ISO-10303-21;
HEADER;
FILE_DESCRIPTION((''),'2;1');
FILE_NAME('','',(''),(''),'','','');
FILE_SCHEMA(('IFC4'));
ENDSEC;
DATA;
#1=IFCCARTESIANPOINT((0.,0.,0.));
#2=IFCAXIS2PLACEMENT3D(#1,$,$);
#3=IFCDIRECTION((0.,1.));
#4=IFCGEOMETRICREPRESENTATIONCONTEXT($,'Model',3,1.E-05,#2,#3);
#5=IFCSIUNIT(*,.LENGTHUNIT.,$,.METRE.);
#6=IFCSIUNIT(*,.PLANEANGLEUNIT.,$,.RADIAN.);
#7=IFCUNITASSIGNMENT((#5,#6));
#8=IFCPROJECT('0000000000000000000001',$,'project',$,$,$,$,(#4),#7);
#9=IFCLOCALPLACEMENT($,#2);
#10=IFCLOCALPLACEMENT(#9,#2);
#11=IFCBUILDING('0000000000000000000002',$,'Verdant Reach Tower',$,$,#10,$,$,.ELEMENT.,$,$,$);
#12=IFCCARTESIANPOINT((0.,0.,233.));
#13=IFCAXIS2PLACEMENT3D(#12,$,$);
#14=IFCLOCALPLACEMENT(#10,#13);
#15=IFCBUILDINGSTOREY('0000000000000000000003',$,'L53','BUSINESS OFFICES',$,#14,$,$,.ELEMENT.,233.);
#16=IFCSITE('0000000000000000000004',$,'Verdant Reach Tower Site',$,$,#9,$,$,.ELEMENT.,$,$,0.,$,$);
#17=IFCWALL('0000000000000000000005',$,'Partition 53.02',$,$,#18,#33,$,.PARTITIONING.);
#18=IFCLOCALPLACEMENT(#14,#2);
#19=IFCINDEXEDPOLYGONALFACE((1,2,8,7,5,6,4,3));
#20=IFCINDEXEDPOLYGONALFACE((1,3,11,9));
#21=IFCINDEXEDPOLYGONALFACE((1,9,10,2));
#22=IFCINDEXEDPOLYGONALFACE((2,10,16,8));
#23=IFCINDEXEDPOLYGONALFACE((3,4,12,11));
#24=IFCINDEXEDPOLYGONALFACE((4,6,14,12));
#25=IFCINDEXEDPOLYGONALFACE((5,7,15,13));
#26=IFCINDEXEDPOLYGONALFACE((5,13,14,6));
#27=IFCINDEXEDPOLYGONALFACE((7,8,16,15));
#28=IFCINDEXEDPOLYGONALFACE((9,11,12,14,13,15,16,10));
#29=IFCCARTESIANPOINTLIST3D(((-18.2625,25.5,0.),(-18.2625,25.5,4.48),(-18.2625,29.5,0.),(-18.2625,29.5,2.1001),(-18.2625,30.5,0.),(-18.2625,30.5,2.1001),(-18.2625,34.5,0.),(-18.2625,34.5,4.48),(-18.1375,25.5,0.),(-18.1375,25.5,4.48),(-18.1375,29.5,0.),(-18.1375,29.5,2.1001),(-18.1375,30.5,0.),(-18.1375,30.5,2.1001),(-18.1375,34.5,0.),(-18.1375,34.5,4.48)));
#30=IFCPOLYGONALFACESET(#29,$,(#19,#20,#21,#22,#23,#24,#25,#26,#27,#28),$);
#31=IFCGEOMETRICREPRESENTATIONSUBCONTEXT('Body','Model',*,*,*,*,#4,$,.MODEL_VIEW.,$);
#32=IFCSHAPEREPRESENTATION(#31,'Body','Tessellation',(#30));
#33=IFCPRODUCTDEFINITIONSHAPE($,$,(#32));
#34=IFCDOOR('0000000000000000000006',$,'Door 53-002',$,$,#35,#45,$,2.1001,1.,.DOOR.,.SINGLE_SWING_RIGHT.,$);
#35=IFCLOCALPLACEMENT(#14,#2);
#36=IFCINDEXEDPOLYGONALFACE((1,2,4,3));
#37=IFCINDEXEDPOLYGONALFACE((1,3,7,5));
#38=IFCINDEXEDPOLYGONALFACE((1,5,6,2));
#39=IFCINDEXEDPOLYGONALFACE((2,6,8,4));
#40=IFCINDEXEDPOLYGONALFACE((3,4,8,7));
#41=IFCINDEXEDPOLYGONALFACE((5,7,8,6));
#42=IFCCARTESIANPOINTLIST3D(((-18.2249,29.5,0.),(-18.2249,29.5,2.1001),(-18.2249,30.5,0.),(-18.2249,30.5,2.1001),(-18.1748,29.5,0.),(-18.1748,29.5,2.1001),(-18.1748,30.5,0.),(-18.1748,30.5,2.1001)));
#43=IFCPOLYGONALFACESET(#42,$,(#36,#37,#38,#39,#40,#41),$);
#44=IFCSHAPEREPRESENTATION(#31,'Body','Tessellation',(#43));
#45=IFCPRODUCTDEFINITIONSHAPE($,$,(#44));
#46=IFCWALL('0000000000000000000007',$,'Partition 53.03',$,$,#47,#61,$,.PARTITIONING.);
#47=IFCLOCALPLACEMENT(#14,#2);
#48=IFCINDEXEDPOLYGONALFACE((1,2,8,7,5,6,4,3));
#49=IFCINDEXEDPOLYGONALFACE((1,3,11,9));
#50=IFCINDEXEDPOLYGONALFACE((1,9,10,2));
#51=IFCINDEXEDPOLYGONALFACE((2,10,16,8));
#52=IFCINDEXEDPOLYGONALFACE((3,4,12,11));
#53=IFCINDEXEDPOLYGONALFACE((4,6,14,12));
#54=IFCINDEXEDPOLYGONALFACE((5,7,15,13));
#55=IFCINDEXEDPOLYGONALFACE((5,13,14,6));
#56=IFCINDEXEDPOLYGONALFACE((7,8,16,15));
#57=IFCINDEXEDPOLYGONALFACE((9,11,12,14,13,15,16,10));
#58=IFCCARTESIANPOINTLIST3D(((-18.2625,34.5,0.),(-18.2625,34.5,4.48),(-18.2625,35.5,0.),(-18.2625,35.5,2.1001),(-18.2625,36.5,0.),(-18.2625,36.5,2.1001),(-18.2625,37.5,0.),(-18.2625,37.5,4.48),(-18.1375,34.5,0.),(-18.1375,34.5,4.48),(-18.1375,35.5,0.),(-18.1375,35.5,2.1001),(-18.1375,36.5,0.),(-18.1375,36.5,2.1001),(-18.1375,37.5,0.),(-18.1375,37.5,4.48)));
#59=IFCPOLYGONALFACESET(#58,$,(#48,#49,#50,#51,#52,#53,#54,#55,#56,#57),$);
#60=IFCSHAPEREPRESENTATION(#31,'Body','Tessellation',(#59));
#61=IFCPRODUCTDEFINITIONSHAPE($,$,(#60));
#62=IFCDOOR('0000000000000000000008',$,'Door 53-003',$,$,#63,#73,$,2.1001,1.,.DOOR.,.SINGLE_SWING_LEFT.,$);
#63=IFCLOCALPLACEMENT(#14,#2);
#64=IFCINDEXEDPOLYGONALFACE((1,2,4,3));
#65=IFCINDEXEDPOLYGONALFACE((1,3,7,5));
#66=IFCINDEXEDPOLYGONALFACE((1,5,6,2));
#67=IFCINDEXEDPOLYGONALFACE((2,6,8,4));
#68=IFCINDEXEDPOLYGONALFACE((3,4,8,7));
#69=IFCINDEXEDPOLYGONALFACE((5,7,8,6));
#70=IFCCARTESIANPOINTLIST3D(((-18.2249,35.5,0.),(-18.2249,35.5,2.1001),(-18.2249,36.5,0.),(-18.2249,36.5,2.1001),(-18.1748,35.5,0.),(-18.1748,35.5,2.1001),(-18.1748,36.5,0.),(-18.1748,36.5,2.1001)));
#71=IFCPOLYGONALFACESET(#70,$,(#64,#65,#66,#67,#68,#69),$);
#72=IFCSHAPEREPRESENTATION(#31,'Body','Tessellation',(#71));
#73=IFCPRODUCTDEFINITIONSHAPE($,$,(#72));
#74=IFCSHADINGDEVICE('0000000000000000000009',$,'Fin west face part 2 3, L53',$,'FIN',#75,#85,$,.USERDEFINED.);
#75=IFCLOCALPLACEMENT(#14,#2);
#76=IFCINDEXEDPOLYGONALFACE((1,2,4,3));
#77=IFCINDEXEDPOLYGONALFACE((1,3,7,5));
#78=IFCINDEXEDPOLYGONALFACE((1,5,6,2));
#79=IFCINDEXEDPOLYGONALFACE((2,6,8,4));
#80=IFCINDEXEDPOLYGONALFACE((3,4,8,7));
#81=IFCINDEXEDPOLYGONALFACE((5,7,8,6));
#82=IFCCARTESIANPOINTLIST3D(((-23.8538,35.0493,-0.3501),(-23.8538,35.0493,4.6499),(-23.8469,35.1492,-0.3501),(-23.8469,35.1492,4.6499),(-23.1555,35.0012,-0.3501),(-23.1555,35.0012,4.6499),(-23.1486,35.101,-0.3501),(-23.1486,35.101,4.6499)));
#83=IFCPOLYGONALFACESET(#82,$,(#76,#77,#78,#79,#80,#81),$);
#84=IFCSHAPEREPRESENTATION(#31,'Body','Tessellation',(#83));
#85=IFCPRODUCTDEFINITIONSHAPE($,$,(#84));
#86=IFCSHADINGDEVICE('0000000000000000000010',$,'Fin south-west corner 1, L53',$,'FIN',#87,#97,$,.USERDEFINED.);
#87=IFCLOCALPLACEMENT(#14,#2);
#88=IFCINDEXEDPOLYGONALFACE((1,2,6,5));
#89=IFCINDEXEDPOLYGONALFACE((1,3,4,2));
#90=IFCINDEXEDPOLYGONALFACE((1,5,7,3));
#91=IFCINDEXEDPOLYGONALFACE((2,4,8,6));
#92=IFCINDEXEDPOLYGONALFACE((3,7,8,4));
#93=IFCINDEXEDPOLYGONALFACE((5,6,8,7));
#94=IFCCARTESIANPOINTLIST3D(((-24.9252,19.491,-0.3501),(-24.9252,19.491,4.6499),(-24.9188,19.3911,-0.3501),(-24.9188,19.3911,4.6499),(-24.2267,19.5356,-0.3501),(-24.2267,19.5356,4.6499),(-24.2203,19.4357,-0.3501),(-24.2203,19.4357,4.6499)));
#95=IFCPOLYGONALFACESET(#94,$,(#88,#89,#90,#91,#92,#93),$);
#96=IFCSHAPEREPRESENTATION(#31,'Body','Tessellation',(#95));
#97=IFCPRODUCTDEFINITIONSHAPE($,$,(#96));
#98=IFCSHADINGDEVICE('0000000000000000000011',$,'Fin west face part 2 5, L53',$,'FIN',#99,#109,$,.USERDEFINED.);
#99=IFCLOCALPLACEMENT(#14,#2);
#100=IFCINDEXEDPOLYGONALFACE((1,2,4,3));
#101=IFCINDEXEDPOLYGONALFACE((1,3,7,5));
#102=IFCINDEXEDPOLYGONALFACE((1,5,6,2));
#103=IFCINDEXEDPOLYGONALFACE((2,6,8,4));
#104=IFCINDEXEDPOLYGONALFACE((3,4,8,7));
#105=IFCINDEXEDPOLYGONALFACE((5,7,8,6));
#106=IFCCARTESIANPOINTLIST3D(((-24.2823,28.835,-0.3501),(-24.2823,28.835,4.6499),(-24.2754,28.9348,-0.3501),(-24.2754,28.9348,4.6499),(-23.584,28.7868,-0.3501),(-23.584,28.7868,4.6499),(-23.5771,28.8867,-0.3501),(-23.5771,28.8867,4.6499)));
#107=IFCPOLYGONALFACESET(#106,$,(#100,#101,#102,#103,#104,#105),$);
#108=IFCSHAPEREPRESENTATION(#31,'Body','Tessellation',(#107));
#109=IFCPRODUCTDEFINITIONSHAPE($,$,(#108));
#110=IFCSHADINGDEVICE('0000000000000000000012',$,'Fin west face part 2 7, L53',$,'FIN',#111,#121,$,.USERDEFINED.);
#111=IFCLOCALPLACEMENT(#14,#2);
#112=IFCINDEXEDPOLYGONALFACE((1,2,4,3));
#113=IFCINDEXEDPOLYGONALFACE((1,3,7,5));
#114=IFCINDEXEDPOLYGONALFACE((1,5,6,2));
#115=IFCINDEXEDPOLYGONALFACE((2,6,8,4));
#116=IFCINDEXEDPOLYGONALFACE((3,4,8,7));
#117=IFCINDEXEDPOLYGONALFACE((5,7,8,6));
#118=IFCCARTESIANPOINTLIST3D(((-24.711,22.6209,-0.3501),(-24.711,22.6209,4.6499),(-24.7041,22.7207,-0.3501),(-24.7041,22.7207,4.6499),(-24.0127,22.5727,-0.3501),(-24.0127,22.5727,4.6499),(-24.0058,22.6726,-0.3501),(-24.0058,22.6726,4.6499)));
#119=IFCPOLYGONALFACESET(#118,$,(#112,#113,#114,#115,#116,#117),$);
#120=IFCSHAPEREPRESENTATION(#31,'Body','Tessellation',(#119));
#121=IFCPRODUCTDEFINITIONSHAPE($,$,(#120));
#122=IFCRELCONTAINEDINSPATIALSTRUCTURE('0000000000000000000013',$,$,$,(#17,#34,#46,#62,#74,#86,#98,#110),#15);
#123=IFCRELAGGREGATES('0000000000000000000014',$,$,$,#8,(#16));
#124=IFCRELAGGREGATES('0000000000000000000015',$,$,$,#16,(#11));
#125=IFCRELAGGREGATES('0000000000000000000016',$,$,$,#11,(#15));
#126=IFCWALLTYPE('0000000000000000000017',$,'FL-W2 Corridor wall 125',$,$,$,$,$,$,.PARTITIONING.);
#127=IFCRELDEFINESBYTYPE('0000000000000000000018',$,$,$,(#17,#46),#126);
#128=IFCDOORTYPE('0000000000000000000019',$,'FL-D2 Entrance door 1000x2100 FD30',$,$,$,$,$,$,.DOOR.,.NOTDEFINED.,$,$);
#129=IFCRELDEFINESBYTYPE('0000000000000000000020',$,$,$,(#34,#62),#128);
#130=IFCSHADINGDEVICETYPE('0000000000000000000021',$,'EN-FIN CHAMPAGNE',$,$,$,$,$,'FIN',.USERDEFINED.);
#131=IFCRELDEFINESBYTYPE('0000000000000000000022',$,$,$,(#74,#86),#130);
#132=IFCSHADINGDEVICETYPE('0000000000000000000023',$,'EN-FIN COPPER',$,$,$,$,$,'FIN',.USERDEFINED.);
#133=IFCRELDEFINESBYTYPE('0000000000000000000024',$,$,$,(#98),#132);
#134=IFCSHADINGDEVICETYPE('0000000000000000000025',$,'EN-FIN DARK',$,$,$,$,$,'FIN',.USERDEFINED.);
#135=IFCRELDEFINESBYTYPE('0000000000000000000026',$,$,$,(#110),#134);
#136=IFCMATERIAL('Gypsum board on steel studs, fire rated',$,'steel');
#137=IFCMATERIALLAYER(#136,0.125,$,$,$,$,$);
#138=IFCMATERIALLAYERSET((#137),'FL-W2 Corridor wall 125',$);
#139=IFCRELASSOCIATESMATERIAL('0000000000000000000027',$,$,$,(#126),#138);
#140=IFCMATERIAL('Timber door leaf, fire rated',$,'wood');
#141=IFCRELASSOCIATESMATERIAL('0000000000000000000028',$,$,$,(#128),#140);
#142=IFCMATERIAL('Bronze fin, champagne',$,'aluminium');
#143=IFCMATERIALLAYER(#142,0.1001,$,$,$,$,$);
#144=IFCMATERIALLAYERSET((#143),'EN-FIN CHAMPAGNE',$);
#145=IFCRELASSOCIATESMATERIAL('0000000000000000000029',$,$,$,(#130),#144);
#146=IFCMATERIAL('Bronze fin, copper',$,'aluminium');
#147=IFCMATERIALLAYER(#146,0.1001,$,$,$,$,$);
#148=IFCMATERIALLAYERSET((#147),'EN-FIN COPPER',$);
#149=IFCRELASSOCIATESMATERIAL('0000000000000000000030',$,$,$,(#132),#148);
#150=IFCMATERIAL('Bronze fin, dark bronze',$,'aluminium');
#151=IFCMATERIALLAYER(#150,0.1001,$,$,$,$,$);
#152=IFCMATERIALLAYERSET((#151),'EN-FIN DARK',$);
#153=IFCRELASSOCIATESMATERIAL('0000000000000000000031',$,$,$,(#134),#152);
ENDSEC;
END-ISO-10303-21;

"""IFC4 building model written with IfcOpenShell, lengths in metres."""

from ifc_helpers import new_model, si_unit, direction, frame, frame_2d, origin, origin_2d, place, context, subcontext, project, spatial, rectangle, extrude, material, layer, layer_set, type_object, element, fill, save


model = new_model("IFC4")

# Units and contexts
model_context = context("Model", 3, precision=1e-05, world=origin(), true_north=direction((0.0, 1.0)))
body_context = subcontext(model_context, "Body", "Model", "MODEL_VIEW")
ifc_project = project(units=[si_unit("LENGTHUNIT", "METRE"), si_unit("PLANEANGLEUNIT", "RADIAN")], contexts=[model_context])

# Site, building, storey
site_placement = place(None, origin())
site = spatial("IfcSite", under=ifc_project, at=site_placement, Name="Verdant Reach Tower Site", CompositionType="ELEMENT", RefElevation=0.0)
building_placement = place(site_placement, origin())
building = spatial("IfcBuilding", under=site, at=building_placement, Name="Verdant Reach Tower", CompositionType="ELEMENT")
storey_placement = place(building_placement, frame((0.0, 0.0, 233.0)))
storey = spatial("IfcBuildingStorey", under=building, at=storey_placement, Name="L53", Description="BUSINESS OFFICES", CompositionType="ELEMENT", Elevation=233.0)

# Walls, openings, doors
ifc_material_1 = material(Name="Gypsum board on steel studs, fire rated", Category="steel")
ifc_layer_1 = layer(ifc_material_1, 0.125)
ifc_layer_set_1 = layer_set([ifc_layer_1], Name="FL-W2 Corridor wall 125")
wall_type_1 = type_object("IfcWallType", Name="FL-W2 Corridor wall 125", PredefinedType="PARTITIONING", material=ifc_layer_set_1)
wall_1_placement = place(storey_placement, frame((-18.2, 25.5, 0.0), z_axis=(0.0, 0.0, 1.0), x_axis=(0.0, 1.0, 0.0)))
wall_1 = element("IfcWall", 1, at=wall_1_placement, inside=storey, type_object=wall_type_1, Name="Partition 53.02", PredefinedType="PARTITIONING", context=body_context, shape_type="SweptSolid", body=[
    extrude(rectangle(XDim=9.0, YDim=0.125, at=frame_2d((4.5, 0.0))), origin(), (0.0, 0.0, 1.0), 4.48),
])
opening_1_placement = place(wall_1_placement, frame((4.0, 0.0, 0.0)))
opening_1 = element("IfcOpeningElement", 2, at=opening_1_placement, cuts=wall_1, PredefinedType="OPENING", context=body_context, shape_type="SweptSolid", body=[
    extrude(rectangle(XDim=1.0, YDim=2.1001, at=frame_2d((0.5, 1.05))), frame((0.0, 0.0725, 0.0), z_axis=(0.0, -1.0, 0.0), x_axis=(1.0, 0.0, 0.0)), (0.0, 0.0, 1.0), 0.145),
])
ifc_material_2 = material(Name="Timber door leaf, fire rated", Category="wood")
door_type = type_object("IfcDoorType", Name="FL-D2 Entrance door 1000x2100 FD30", OperationType="NOTDEFINED", PredefinedType="DOOR", material=ifc_material_2)
door_1_placement = place(opening_1_placement, origin())
door_1 = element("IfcDoor", 3, at=door_1_placement, inside=storey, type_object=door_type, Name="Door 53-002", OperationType="SINGLE_SWING_RIGHT", OverallHeight=2.1001, OverallWidth=1.0, PredefinedType="DOOR", context=body_context, shape_type="SweptSolid", body=[
    extrude(rectangle(XDim=1.0, YDim=2.1001, at=frame_2d((0.5, 1.05))), frame((0.0, 0.0249, 0.0), z_axis=(0.0, -1.0, 0.0), x_axis=(1.0, 0.0, 0.0)), (0.0, 0.0, 1.0), 0.05),
])
fill(opening_1, door_1)
wall_2_placement = place(storey_placement, frame((-18.2, 34.5, 0.0), z_axis=(0.0, 0.0, 1.0), x_axis=(0.0, 1.0, 0.0)))
wall_2 = element("IfcWall", 4, at=wall_2_placement, inside=storey, type_object=wall_type_1, Name="Partition 53.03", PredefinedType="PARTITIONING", context=body_context, shape_type="SweptSolid", body=[
    extrude(rectangle(XDim=3.0, YDim=0.125, at=frame_2d((1.5, 0.0))), origin(), (0.0, 0.0, 1.0), 4.48),
])
opening_2_placement = place(wall_2_placement, frame((1.0, 0.0, 0.0)))
opening_2 = element("IfcOpeningElement", 5, at=opening_2_placement, cuts=wall_2, PredefinedType="OPENING", context=body_context, shape_type="SweptSolid", body=[
    extrude(rectangle(XDim=1.0, YDim=2.1001, at=frame_2d((0.5, 1.05))), frame((0.0, 0.0725, 0.0), z_axis=(0.0, -1.0, 0.0), x_axis=(1.0, 0.0, 0.0)), (0.0, 0.0, 1.0), 0.145),
])
door_2_placement = place(opening_2_placement, origin())
door_2 = element("IfcDoor", 6, at=door_2_placement, inside=storey, type_object=door_type, Name="Door 53-003", OperationType="SINGLE_SWING_LEFT", OverallHeight=2.1001, OverallWidth=1.0, PredefinedType="DOOR", context=body_context, shape_type="SweptSolid", body=[
    extrude(rectangle(XDim=1.0, YDim=2.1001, at=frame_2d((0.5, 1.05))), frame((0.0, 0.0249, 0.0), z_axis=(0.0, -1.0, 0.0), x_axis=(1.0, 0.0, 0.0)), (0.0, 0.0, 1.0), 0.05),
])
fill(opening_2, door_2)

# Shading devices
ifc_material_3 = material(Name="Bronze fin, champagne", Category="aluminium")
ifc_layer_2 = layer(ifc_material_3, 0.1001)
ifc_layer_set_2 = layer_set([ifc_layer_2], Name="EN-FIN CHAMPAGNE")
shading_device_type_1 = type_object("IfcShadingDeviceType", Name="EN-FIN CHAMPAGNE", ElementType="FIN", PredefinedType="USERDEFINED", material=ifc_layer_set_2)
for number, where, z_axis, x_axis, name in (
    (7, (-23.5012, 35.0752, -0.3501), (0.0, 0.0, 1.0), (-0.068802, -0.99763, 0.0), "Fin west face part 2 3, L53"),
    (8, (-24.5728, 19.4634, -0.3501), (0.0, 0.0, 1.0), (0.063699, -0.997969, 0.0), "Fin south-west corner 1, L53"),
):
    element("IfcShadingDevice", number, at=place(storey_placement, frame(where, z_axis=z_axis, x_axis=x_axis)), inside=storey, type_object=shading_device_type_1, Name=name, ObjectType="FIN", PredefinedType="USERDEFINED", context=body_context, shape_type="SweptSolid", body=[
        extrude(rectangle(XDim=0.1001, YDim=0.7, at=origin_2d()), origin(), (0.0, 0.0, 1.0), 5.0),
    ])
ifc_material_4 = material(Name="Bronze fin, copper", Category="aluminium")
ifc_layer_3 = layer(ifc_material_4, 0.1001)
ifc_layer_set_3 = layer_set([ifc_layer_3], Name="EN-FIN COPPER")
shading_device_type_2 = type_object("IfcShadingDeviceType", Name="EN-FIN COPPER", ElementType="FIN", PredefinedType="USERDEFINED", material=ifc_layer_set_3)
shading_device_1_placement = place(storey_placement, frame((-23.9297, 28.8608, -0.3501), z_axis=(0.0, 0.0, 1.0), x_axis=(-0.068802, -0.99763, 0.0)))
element("IfcShadingDevice", 9, at=shading_device_1_placement, inside=storey, type_object=shading_device_type_2, Name="Fin west face part 2 5, L53", ObjectType="FIN", PredefinedType="USERDEFINED", context=body_context, shape_type="SweptSolid", body=[
    extrude(rectangle(XDim=0.1001, YDim=0.7, at=origin_2d()), origin(), (0.0, 0.0, 1.0), 5.0),
])
ifc_material_5 = material(Name="Bronze fin, dark bronze", Category="aluminium")
ifc_layer_4 = layer(ifc_material_5, 0.1001)
ifc_layer_set_4 = layer_set([ifc_layer_4], Name="EN-FIN DARK")
shading_device_type_3 = type_object("IfcShadingDeviceType", Name="EN-FIN DARK", ElementType="FIN", PredefinedType="USERDEFINED", material=ifc_layer_set_4)
shading_device_2_placement = place(storey_placement, frame((-24.3584, 22.6467, -0.3501), z_axis=(0.0, 0.0, 1.0), x_axis=(-0.068802, -0.99763, 0.0)))
element("IfcShadingDevice", 10, at=shading_device_2_placement, inside=storey, type_object=shading_device_type_3, Name="Fin west face part 2 7, L53", ObjectType="FIN", PredefinedType="USERDEFINED", context=body_context, shape_type="SweptSolid", body=[
    extrude(rectangle(XDim=0.1001, YDim=0.7, at=origin_2d()), origin(), (0.0, 0.0, 1.0), 5.0),
])

save(model, "model.ifc")
